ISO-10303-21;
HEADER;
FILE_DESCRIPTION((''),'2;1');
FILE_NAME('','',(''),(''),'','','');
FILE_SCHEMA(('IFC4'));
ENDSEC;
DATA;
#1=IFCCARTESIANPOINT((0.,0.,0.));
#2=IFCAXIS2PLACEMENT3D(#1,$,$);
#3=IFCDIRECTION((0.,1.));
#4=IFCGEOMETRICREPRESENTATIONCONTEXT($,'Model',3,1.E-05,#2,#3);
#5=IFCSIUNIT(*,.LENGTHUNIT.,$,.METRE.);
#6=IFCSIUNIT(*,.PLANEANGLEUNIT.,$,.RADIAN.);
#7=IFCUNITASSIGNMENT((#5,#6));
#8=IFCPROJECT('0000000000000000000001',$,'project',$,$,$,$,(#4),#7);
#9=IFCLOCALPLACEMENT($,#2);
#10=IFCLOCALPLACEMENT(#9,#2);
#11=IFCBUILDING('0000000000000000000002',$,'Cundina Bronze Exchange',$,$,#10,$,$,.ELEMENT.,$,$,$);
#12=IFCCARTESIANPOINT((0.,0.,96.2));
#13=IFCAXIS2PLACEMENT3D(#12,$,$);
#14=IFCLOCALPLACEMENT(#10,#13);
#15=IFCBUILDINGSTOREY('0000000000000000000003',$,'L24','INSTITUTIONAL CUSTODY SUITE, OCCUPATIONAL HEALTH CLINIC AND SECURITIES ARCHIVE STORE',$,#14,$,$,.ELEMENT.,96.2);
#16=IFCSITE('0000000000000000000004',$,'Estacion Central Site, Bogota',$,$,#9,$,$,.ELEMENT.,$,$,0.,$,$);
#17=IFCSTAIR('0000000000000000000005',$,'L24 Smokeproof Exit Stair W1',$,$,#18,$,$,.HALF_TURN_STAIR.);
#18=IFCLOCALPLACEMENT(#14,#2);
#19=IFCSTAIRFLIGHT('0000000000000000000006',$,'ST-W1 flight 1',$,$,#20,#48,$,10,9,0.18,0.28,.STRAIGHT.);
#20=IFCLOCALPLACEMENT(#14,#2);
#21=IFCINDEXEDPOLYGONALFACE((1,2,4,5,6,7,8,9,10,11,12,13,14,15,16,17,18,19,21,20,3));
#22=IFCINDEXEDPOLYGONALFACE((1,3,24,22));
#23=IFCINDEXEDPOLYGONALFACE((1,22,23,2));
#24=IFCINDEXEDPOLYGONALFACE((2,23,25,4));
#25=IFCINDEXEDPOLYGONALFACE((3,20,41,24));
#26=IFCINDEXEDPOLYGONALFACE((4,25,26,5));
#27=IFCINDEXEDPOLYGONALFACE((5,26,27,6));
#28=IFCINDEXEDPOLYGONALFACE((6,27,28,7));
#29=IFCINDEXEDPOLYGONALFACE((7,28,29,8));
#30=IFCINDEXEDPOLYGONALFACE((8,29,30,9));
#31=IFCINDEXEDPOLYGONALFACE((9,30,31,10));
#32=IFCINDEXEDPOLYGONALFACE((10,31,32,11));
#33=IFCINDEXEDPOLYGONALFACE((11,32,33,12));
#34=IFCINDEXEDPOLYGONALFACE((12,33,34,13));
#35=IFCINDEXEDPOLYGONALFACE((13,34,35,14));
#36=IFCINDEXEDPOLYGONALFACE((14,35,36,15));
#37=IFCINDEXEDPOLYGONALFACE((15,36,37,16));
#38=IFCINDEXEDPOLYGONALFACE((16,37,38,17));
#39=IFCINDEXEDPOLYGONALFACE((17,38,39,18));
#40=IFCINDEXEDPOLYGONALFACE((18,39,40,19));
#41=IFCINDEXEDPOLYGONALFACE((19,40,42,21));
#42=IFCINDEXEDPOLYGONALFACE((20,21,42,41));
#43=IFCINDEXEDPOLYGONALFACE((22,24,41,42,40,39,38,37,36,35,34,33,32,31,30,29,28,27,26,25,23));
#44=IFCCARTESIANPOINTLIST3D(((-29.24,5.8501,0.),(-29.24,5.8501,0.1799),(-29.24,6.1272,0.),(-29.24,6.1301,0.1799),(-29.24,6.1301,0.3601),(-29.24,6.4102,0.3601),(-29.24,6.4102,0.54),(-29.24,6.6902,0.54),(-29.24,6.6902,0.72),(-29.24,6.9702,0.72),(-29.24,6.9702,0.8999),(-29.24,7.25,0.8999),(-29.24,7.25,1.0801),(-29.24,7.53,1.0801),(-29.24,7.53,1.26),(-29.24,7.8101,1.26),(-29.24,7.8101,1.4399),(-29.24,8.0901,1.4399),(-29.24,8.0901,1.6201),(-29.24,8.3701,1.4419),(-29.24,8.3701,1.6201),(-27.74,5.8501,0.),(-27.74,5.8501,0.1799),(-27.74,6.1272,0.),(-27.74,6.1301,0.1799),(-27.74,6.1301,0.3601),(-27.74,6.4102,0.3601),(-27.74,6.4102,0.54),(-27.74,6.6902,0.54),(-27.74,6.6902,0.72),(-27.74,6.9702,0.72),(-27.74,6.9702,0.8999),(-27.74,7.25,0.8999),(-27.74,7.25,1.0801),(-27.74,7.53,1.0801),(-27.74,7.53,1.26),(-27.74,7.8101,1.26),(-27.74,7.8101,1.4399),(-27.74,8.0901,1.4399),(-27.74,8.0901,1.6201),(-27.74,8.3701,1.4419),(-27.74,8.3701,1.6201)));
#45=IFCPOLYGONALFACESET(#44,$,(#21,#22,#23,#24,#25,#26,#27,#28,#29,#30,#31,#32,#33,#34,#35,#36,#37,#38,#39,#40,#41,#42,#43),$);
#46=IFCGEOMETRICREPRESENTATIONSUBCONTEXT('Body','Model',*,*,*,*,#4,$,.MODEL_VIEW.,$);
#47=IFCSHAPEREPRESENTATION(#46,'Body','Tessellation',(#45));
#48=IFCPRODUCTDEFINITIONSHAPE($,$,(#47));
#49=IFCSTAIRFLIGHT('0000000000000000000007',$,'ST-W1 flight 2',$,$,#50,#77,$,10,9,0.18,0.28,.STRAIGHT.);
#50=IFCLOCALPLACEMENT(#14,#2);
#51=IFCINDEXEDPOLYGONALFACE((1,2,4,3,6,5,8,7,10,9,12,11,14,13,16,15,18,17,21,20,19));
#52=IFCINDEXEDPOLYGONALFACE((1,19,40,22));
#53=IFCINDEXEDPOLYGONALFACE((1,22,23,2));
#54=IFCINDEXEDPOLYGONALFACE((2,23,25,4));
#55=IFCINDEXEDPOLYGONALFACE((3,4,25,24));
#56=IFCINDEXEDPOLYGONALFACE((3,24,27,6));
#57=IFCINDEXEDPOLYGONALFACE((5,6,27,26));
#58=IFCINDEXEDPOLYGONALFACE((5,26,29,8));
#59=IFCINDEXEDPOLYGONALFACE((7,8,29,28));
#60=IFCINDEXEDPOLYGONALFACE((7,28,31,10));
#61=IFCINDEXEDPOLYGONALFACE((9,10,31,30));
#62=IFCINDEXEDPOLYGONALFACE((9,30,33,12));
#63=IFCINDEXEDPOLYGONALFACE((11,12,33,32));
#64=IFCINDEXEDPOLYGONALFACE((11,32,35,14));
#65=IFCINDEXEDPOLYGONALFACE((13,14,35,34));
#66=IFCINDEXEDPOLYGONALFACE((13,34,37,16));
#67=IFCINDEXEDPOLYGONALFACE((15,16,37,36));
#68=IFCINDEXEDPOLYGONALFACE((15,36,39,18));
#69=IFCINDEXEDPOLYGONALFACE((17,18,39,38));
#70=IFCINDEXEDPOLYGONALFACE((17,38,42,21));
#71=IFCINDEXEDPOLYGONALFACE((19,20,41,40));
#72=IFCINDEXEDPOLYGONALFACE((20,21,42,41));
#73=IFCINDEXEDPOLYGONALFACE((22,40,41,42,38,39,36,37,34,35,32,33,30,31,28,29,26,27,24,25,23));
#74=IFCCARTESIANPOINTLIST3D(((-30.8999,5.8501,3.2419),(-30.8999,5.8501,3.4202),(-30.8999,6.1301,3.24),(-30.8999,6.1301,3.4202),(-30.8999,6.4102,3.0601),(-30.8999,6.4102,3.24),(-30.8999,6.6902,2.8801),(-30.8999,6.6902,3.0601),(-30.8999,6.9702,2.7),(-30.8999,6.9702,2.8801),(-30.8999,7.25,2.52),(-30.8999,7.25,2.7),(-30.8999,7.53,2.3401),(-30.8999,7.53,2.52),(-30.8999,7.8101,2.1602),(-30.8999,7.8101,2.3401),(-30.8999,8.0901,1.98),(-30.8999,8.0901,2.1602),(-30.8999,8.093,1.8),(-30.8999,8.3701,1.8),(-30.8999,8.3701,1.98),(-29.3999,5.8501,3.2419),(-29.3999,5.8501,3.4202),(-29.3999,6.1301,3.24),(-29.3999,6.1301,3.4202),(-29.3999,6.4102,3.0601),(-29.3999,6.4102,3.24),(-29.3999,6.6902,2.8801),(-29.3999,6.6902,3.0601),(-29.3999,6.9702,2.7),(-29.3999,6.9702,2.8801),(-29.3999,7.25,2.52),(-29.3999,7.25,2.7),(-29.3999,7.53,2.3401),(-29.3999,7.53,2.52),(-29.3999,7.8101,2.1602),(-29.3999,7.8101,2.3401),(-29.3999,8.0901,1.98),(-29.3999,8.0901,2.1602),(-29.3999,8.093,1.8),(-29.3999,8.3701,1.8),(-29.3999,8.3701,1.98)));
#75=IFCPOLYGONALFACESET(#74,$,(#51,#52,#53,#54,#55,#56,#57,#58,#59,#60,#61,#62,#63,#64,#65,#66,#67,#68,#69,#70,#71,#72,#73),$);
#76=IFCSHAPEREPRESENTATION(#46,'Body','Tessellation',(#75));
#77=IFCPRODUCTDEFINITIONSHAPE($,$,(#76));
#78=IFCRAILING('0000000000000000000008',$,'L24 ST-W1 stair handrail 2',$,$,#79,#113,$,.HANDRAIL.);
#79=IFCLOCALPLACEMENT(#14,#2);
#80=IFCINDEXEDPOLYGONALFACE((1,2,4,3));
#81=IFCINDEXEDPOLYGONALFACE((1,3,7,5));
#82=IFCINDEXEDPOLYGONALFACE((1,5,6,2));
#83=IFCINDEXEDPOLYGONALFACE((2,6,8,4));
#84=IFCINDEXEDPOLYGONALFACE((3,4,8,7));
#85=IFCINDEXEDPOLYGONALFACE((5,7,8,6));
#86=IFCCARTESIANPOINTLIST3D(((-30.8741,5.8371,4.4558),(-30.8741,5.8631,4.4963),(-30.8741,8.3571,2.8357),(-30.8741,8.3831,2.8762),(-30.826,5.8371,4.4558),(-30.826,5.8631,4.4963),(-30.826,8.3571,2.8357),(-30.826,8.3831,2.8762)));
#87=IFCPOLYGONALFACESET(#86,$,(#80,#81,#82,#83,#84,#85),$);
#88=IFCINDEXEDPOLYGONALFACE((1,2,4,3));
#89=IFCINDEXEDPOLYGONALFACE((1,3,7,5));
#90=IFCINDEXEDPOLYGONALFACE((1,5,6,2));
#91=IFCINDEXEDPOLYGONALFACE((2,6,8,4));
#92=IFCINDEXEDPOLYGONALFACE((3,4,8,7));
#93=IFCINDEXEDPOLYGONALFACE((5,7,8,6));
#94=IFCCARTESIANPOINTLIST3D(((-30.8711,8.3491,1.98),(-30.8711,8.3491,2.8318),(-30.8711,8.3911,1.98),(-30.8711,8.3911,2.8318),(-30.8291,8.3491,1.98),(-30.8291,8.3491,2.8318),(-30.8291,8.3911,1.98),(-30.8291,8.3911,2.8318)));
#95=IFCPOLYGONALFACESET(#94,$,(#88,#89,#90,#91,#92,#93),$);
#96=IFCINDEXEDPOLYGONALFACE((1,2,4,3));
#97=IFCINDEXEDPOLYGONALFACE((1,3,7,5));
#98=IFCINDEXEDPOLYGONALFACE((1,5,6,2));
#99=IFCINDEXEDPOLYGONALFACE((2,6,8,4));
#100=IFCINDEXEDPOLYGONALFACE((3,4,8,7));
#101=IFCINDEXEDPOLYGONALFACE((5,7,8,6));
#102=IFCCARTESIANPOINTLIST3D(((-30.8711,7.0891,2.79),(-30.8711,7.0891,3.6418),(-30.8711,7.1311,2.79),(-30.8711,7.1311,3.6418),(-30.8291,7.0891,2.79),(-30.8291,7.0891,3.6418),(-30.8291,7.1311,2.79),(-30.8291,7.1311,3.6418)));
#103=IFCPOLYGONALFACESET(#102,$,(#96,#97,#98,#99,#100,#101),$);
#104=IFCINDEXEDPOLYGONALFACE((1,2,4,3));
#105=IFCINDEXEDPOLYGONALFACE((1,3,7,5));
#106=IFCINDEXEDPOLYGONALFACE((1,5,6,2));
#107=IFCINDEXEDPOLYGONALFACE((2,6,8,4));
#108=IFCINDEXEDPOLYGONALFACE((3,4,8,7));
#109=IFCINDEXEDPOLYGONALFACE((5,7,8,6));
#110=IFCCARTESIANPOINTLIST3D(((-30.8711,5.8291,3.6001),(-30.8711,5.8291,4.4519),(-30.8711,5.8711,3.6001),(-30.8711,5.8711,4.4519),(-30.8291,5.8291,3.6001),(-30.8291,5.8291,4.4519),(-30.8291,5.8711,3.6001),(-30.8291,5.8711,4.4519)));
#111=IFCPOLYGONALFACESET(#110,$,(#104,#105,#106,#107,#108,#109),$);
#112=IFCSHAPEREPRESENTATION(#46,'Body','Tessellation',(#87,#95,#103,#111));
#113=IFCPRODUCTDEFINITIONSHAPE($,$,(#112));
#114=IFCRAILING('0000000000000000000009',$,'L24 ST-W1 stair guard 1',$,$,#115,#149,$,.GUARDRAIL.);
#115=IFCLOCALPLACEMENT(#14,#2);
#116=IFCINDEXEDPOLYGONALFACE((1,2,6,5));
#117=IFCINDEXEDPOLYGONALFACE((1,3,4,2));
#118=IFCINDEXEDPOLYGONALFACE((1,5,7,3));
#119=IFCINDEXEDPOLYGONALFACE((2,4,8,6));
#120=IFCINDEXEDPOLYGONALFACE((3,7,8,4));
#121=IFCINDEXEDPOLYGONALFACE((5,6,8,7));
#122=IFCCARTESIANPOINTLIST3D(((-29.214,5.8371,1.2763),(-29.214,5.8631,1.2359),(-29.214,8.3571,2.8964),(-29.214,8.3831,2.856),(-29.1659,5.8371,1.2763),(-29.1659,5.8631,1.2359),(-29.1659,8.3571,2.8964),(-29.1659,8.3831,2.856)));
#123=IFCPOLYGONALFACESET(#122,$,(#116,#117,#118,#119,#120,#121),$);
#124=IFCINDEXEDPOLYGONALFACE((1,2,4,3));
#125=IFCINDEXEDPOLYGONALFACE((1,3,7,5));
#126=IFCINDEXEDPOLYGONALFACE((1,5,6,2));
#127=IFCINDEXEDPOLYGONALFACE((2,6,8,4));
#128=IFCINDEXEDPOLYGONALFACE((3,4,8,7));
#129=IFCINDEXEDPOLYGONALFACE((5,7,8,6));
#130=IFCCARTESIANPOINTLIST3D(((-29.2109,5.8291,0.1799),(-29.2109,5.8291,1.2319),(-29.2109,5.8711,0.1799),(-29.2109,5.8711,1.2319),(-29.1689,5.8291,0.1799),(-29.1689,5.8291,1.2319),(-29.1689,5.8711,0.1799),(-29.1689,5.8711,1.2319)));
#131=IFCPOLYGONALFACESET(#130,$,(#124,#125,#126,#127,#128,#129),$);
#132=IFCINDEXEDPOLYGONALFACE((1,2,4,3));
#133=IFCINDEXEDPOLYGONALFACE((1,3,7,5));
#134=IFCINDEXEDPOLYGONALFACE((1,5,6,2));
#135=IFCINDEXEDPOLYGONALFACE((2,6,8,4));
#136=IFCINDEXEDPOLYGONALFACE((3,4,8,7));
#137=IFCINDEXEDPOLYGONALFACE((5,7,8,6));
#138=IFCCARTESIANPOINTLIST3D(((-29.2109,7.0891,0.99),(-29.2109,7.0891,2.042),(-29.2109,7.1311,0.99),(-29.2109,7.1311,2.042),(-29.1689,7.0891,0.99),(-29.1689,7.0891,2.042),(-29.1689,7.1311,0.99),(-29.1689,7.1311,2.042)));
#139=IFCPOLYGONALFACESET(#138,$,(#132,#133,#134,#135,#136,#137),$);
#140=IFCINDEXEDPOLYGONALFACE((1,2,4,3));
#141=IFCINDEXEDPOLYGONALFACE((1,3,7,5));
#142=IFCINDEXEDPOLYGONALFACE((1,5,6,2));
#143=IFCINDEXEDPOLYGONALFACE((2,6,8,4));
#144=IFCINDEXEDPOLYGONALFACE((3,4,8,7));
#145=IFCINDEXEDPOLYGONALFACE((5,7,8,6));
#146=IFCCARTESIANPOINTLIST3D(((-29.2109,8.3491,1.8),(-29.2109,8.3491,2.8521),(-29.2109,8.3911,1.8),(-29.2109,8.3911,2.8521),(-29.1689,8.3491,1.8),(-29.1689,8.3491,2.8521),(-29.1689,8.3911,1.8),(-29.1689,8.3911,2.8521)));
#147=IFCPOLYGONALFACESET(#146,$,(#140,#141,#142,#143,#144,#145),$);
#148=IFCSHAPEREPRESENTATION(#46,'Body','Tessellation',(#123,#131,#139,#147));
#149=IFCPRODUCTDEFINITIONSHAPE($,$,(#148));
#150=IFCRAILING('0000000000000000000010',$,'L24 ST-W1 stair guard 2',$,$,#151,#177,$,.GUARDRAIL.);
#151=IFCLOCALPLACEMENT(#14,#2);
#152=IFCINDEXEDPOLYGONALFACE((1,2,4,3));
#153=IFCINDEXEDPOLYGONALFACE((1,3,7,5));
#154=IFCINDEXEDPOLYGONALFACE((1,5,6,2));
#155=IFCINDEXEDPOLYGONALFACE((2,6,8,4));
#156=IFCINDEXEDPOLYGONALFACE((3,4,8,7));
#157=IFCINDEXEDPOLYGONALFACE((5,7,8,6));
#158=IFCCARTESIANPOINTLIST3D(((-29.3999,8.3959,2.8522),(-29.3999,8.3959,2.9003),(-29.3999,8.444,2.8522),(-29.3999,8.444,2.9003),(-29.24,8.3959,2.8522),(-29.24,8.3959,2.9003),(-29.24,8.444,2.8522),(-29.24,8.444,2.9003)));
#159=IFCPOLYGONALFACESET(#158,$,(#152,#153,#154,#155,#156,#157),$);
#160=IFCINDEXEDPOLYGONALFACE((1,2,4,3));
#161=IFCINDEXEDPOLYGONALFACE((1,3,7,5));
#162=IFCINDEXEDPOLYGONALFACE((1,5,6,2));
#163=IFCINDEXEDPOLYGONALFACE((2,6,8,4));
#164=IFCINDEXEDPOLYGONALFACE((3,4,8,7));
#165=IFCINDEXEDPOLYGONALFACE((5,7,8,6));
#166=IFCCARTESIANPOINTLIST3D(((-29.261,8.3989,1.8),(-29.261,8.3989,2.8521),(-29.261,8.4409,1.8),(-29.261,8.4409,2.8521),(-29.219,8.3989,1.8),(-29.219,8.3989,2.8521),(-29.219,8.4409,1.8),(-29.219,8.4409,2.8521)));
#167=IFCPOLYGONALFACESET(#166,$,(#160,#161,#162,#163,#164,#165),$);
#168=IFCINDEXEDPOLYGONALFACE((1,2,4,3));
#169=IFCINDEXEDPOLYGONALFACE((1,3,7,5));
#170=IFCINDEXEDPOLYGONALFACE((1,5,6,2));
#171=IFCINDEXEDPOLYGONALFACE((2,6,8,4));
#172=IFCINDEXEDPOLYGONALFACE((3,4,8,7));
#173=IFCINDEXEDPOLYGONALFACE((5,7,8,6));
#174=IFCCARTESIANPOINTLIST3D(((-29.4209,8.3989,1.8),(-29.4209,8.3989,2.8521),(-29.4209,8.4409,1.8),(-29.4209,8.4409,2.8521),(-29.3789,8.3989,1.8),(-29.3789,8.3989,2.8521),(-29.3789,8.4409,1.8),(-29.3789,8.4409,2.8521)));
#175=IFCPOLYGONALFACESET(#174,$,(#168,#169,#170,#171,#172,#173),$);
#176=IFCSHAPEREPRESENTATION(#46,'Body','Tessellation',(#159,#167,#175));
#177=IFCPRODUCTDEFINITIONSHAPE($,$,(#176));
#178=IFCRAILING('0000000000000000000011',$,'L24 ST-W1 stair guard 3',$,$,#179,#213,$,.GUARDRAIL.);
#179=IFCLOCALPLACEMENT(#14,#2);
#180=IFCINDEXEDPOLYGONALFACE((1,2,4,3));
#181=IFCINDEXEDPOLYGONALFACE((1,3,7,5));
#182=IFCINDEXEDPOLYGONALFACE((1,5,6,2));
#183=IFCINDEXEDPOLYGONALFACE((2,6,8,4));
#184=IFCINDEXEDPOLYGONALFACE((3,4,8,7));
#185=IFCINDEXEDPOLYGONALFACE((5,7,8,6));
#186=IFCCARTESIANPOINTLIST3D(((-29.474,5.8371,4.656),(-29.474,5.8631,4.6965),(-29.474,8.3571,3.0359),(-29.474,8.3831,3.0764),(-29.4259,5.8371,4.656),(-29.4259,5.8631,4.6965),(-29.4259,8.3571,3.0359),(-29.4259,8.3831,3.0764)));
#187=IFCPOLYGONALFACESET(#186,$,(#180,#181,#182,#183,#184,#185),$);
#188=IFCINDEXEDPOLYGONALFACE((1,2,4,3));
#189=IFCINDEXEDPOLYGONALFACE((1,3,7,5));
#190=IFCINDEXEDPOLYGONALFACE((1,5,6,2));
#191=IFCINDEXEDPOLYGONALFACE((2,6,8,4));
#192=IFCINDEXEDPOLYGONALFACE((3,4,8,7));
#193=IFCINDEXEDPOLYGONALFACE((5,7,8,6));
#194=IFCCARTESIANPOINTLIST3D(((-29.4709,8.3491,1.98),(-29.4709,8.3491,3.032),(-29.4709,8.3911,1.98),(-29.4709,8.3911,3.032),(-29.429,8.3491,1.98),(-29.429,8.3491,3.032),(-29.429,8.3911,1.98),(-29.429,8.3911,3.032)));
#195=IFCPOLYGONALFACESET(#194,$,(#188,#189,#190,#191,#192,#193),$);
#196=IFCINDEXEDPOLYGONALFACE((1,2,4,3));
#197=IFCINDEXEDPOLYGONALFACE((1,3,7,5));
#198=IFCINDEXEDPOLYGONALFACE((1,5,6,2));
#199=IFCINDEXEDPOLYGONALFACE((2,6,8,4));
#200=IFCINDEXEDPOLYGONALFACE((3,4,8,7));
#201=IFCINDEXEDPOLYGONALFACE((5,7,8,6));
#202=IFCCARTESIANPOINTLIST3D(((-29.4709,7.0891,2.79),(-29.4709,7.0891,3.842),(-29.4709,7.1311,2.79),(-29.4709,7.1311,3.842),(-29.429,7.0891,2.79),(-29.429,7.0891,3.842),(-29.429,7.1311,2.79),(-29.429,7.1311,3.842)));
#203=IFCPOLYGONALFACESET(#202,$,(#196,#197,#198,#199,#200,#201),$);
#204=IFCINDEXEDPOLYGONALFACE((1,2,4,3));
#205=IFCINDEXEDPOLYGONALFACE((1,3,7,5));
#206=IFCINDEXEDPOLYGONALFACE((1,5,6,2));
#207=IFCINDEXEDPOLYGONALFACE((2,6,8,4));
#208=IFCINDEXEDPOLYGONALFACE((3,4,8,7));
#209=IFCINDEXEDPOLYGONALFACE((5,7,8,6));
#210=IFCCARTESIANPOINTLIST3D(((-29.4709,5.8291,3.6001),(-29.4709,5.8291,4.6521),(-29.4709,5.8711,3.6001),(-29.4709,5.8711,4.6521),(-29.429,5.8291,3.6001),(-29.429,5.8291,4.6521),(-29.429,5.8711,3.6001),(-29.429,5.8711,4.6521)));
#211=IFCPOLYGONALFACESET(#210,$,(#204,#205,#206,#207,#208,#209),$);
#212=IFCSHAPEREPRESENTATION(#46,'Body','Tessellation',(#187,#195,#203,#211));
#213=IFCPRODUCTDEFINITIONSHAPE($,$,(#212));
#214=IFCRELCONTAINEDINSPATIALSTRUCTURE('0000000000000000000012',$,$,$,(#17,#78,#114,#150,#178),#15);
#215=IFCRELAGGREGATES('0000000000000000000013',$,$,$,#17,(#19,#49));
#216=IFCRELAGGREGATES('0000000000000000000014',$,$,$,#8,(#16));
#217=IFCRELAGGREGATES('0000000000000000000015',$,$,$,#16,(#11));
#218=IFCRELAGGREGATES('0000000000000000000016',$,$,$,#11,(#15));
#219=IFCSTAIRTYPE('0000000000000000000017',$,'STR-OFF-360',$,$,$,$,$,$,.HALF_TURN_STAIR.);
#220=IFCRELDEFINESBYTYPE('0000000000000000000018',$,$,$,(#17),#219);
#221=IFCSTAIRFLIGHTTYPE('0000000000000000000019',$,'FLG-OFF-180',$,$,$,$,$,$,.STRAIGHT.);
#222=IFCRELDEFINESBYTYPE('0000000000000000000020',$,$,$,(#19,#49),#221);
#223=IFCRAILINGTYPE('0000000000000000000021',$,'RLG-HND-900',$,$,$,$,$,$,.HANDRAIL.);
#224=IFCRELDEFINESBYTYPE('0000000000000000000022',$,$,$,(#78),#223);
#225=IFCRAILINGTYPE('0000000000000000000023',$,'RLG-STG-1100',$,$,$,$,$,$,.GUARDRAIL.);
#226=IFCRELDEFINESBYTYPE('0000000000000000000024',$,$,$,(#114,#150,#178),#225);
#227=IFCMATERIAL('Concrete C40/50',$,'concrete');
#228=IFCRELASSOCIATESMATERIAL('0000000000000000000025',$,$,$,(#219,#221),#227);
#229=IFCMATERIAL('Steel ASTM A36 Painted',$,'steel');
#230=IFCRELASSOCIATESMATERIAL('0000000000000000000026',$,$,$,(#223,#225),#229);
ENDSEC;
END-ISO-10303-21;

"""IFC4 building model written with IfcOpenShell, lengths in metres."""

from ifc_helpers import new_model, si_unit, direction, frame, origin, origin_2d, place, context, subcontext, project, spatial, polyline, rectangle, outline, extrude, material, type_object, element, aggregate, save


model = new_model("IFC4")

# Units and contexts
model_context = context("Model", 3, precision=1e-05, world=origin(), true_north=direction((0.0, 1.0)))
body_context = subcontext(model_context, "Body", "Model", "MODEL_VIEW")
ifc_project = project(units=[si_unit("LENGTHUNIT", "METRE"), si_unit("PLANEANGLEUNIT", "RADIAN")], contexts=[model_context])

# Site, building, storey
site_placement = place(None, origin())
site = spatial("IfcSite", under=ifc_project, at=site_placement, Name="Estacion Central Site, Bogota", CompositionType="ELEMENT", RefElevation=0.0)
building_placement = place(site_placement, origin())
building = spatial("IfcBuilding", under=site, at=building_placement, Name="Cundina Bronze Exchange", CompositionType="ELEMENT")
storey_placement = place(building_placement, frame((0.0, 0.0, 96.2)))
storey = spatial("IfcBuildingStorey", under=building, at=storey_placement, Name="L24", Description="INSTITUTIONAL CUSTODY SUITE, OCCUPATIONAL HEALTH CLINIC AND SECURITIES ARCHIVE STORE", CompositionType="ELEMENT", Elevation=96.2)

# Shared definitions
ifc_material_1 = material(Name="Steel ASTM A36 Painted", Category="steel")

# Stair, stair flights
ifc_material_2 = material(Name="Concrete C40/50", Category="concrete")
stair_type = type_object("IfcStairType", Name="STR-OFF-360", PredefinedType="HALF_TURN_STAIR", material=ifc_material_2)
stair_placement = place(storey_placement, origin())
stair = element("IfcStair", 1, at=stair_placement, inside=storey, type_object=stair_type, Name="L24 Smokeproof Exit Stair W1", PredefinedType="HALF_TURN_STAIR")
stair_flight_type = type_object("IfcStairFlightType", Name="FLG-OFF-180", PredefinedType="STRAIGHT", material=ifc_material_2)
stair_flight_1_placement = place(storey_placement, frame((-28.49, 5.8501, 0.0), z_axis=(0.0, 0.0, 1.0), x_axis=(0.0, 1.0, 0.0)))
stair_flight_1 = element("IfcStairFlight", 2, at=stair_flight_1_placement, type_object=stair_flight_type, Name="ST-W1 flight 1", NumberOfRisers=10, NumberOfTreads=9, PredefinedType="STRAIGHT", RiserHeight=0.18, TreadLength=0.28, context=body_context, shape_type="SweptSolid", body=[
    extrude(outline(polyline([(0.0, 0.0), (0.0, 0.1799), (0.28, 0.1799), (0.28, 0.3601), (0.5601, 0.3601), (0.5601, 0.54), (0.8401, 0.54), (0.8401, 0.72), (1.1201, 0.72), (1.1201, 0.8999), (1.3999, 0.8999), (1.3999, 1.0801), (1.6799, 1.0801), (1.6799, 1.26), (1.96, 1.26), (1.96, 1.4399), (2.24, 1.4399), (2.24, 1.6201), (2.52, 1.6201), (2.52, 1.8), (2.52, 1.4419), (0.2771, 0.0), (0.0, 0.0)])), frame((0.0, 0.75, 0.0), z_axis=(0.0, -1.0, 0.0), x_axis=(1.0, 0.0, 0.0)), (0.0, 0.0, 1.0), 1.5),
])
stair_flight_2_placement = place(storey_placement, frame((-30.1499, 8.3701, 1.8), z_axis=(0.0, 0.0, 1.0), x_axis=(0.0, -1.0, 0.0)))
stair_flight_2 = element("IfcStairFlight", 3, at=stair_flight_2_placement, type_object=stair_flight_type, Name="ST-W1 flight 2", NumberOfRisers=10, NumberOfTreads=9, PredefinedType="STRAIGHT", RiserHeight=0.18, TreadLength=0.28, context=body_context, shape_type="SweptSolid", body=[
    extrude(outline(polyline([(0.0, 0.0), (0.0, 0.1799), (0.28, 0.1799), (0.28, 0.3601), (0.5601, 0.3601), (0.5601, 0.54), (0.8401, 0.54), (0.8401, 0.72), (1.1201, 0.72), (1.1201, 0.8999), (1.3999, 0.8999), (1.3999, 1.0801), (1.6799, 1.0801), (1.6799, 1.26), (1.96, 1.26), (1.96, 1.4399), (2.24, 1.4399), (2.24, 1.6201), (2.52, 1.6201), (2.52, 1.8), (2.52, 1.4419), (0.2771, 0.0), (0.0, 0.0)])), frame((0.0, 0.75, 0.0), z_axis=(0.0, -1.0, 0.0), x_axis=(1.0, 0.0, 0.0)), (0.0, 0.0, 1.0), 1.5),
])
aggregate(stair, [stair_flight_1, stair_flight_2])

# Railings
railing_type_1 = type_object("IfcRailingType", Name="RLG-HND-900", PredefinedType="HANDRAIL", material=ifc_material_1)
railing_1_placement = place(storey_placement, frame((-30.8501, 8.3701, 1.98)))
element("IfcRailing", 4, at=railing_1_placement, inside=storey, type_object=railing_type_1, Name="L24 ST-W1 stair handrail 2", PredefinedType="HANDRAIL", context=body_context, shape_type="SweptSolid", body=[
    extrude(rectangle(XDim=0.0481, YDim=0.0481, at=origin_2d()), frame((0.0, 0.0, 0.876), z_axis=(0.0, -0.841163, 0.540782), x_axis=(1.0, 0.0, 0.0)), (0.0, 0.0, 1.0), 2.9958),
    extrude(rectangle(XDim=0.042, YDim=0.042, at=origin_2d()), origin(), (0.0, 0.0, 1.0), 0.8518),
    extrude(rectangle(XDim=0.042, YDim=0.042, at=origin_2d()), frame((0.0, -1.26, 0.8101)), (0.0, 0.0, 1.0), 0.8518),
    extrude(rectangle(XDim=0.042, YDim=0.042, at=origin_2d()), frame((0.0, -2.52, 1.6201)), (0.0, 0.0, 1.0), 0.8518),
])
railing_type_2 = type_object("IfcRailingType", Name="RLG-STG-1100", PredefinedType="GUARDRAIL", material=ifc_material_1)
railing_2_placement = place(storey_placement, frame((-29.1899, 5.8501, 0.1799)))
element("IfcRailing", 5, at=railing_2_placement, inside=storey, type_object=railing_type_2, Name="L24 ST-W1 stair guard 1", PredefinedType="GUARDRAIL", context=body_context, shape_type="SweptSolid", body=[
    extrude(rectangle(XDim=0.0481, YDim=0.0481, at=origin_2d()), frame((0.0, 0.0, 1.0762), z_axis=(0.0, 0.841163, 0.540782), x_axis=(-1.0, 0.0, 0.0)), (0.0, 0.0, 1.0), 2.9958),
    extrude(rectangle(XDim=0.042, YDim=0.042, at=origin_2d()), origin(), (0.0, 0.0, 1.0), 1.052),
    extrude(rectangle(XDim=0.042, YDim=0.042, at=origin_2d()), frame((0.0, 1.26, 0.8101)), (0.0, 0.0, 1.0), 1.052),
    extrude(rectangle(XDim=0.042, YDim=0.042, at=origin_2d()), frame((0.0, 2.52, 1.6201)), (0.0, 0.0, 1.0), 1.052),
])
railing_3_placement = place(storey_placement, frame((-29.24, 8.4199, 1.8)))
element("IfcRailing", 6, at=railing_3_placement, inside=storey, type_object=railing_type_2, Name="L24 ST-W1 stair guard 2", PredefinedType="GUARDRAIL", context=body_context, shape_type="SweptSolid", body=[
    extrude(rectangle(XDim=0.0481, YDim=0.0481, at=origin_2d()), frame((0.0, 0.0, 1.0762), z_axis=(-1.0, 0.0, 0.0), x_axis=(0.0, -1.0, 0.0)), (0.0, 0.0, 1.0), 0.1599),
    extrude(rectangle(XDim=0.042, YDim=0.042, at=origin_2d()), origin(), (0.0, 0.0, 1.0), 1.052),
    extrude(rectangle(XDim=0.042, YDim=0.042, at=origin_2d()), frame((-0.1599, 0.0, 0.0)), (0.0, 0.0, 1.0), 1.052),
])
railing_4_placement = place(storey_placement, frame((-29.45, 8.3701, 1.98)))
element("IfcRailing", 7, at=railing_4_placement, inside=storey, type_object=railing_type_2, Name="L24 ST-W1 stair guard 3", PredefinedType="GUARDRAIL", context=body_context, shape_type="SweptSolid", body=[
    extrude(rectangle(XDim=0.0481, YDim=0.0481, at=origin_2d()), frame((0.0, 0.0, 1.0762), z_axis=(0.0, -0.841163, 0.540782), x_axis=(1.0, 0.0, 0.0)), (0.0, 0.0, 1.0), 2.9958),
    extrude(rectangle(XDim=0.042, YDim=0.042, at=origin_2d()), origin(), (0.0, 0.0, 1.0), 1.052),
    extrude(rectangle(XDim=0.042, YDim=0.042, at=origin_2d()), frame((0.0, -1.26, 0.8101)), (0.0, 0.0, 1.0), 1.052),
    extrude(rectangle(XDim=0.042, YDim=0.042, at=origin_2d()), frame((0.0, -2.52, 1.6201)), (0.0, 0.0, 1.0), 1.052),
])

save(model, "model.ifc")
